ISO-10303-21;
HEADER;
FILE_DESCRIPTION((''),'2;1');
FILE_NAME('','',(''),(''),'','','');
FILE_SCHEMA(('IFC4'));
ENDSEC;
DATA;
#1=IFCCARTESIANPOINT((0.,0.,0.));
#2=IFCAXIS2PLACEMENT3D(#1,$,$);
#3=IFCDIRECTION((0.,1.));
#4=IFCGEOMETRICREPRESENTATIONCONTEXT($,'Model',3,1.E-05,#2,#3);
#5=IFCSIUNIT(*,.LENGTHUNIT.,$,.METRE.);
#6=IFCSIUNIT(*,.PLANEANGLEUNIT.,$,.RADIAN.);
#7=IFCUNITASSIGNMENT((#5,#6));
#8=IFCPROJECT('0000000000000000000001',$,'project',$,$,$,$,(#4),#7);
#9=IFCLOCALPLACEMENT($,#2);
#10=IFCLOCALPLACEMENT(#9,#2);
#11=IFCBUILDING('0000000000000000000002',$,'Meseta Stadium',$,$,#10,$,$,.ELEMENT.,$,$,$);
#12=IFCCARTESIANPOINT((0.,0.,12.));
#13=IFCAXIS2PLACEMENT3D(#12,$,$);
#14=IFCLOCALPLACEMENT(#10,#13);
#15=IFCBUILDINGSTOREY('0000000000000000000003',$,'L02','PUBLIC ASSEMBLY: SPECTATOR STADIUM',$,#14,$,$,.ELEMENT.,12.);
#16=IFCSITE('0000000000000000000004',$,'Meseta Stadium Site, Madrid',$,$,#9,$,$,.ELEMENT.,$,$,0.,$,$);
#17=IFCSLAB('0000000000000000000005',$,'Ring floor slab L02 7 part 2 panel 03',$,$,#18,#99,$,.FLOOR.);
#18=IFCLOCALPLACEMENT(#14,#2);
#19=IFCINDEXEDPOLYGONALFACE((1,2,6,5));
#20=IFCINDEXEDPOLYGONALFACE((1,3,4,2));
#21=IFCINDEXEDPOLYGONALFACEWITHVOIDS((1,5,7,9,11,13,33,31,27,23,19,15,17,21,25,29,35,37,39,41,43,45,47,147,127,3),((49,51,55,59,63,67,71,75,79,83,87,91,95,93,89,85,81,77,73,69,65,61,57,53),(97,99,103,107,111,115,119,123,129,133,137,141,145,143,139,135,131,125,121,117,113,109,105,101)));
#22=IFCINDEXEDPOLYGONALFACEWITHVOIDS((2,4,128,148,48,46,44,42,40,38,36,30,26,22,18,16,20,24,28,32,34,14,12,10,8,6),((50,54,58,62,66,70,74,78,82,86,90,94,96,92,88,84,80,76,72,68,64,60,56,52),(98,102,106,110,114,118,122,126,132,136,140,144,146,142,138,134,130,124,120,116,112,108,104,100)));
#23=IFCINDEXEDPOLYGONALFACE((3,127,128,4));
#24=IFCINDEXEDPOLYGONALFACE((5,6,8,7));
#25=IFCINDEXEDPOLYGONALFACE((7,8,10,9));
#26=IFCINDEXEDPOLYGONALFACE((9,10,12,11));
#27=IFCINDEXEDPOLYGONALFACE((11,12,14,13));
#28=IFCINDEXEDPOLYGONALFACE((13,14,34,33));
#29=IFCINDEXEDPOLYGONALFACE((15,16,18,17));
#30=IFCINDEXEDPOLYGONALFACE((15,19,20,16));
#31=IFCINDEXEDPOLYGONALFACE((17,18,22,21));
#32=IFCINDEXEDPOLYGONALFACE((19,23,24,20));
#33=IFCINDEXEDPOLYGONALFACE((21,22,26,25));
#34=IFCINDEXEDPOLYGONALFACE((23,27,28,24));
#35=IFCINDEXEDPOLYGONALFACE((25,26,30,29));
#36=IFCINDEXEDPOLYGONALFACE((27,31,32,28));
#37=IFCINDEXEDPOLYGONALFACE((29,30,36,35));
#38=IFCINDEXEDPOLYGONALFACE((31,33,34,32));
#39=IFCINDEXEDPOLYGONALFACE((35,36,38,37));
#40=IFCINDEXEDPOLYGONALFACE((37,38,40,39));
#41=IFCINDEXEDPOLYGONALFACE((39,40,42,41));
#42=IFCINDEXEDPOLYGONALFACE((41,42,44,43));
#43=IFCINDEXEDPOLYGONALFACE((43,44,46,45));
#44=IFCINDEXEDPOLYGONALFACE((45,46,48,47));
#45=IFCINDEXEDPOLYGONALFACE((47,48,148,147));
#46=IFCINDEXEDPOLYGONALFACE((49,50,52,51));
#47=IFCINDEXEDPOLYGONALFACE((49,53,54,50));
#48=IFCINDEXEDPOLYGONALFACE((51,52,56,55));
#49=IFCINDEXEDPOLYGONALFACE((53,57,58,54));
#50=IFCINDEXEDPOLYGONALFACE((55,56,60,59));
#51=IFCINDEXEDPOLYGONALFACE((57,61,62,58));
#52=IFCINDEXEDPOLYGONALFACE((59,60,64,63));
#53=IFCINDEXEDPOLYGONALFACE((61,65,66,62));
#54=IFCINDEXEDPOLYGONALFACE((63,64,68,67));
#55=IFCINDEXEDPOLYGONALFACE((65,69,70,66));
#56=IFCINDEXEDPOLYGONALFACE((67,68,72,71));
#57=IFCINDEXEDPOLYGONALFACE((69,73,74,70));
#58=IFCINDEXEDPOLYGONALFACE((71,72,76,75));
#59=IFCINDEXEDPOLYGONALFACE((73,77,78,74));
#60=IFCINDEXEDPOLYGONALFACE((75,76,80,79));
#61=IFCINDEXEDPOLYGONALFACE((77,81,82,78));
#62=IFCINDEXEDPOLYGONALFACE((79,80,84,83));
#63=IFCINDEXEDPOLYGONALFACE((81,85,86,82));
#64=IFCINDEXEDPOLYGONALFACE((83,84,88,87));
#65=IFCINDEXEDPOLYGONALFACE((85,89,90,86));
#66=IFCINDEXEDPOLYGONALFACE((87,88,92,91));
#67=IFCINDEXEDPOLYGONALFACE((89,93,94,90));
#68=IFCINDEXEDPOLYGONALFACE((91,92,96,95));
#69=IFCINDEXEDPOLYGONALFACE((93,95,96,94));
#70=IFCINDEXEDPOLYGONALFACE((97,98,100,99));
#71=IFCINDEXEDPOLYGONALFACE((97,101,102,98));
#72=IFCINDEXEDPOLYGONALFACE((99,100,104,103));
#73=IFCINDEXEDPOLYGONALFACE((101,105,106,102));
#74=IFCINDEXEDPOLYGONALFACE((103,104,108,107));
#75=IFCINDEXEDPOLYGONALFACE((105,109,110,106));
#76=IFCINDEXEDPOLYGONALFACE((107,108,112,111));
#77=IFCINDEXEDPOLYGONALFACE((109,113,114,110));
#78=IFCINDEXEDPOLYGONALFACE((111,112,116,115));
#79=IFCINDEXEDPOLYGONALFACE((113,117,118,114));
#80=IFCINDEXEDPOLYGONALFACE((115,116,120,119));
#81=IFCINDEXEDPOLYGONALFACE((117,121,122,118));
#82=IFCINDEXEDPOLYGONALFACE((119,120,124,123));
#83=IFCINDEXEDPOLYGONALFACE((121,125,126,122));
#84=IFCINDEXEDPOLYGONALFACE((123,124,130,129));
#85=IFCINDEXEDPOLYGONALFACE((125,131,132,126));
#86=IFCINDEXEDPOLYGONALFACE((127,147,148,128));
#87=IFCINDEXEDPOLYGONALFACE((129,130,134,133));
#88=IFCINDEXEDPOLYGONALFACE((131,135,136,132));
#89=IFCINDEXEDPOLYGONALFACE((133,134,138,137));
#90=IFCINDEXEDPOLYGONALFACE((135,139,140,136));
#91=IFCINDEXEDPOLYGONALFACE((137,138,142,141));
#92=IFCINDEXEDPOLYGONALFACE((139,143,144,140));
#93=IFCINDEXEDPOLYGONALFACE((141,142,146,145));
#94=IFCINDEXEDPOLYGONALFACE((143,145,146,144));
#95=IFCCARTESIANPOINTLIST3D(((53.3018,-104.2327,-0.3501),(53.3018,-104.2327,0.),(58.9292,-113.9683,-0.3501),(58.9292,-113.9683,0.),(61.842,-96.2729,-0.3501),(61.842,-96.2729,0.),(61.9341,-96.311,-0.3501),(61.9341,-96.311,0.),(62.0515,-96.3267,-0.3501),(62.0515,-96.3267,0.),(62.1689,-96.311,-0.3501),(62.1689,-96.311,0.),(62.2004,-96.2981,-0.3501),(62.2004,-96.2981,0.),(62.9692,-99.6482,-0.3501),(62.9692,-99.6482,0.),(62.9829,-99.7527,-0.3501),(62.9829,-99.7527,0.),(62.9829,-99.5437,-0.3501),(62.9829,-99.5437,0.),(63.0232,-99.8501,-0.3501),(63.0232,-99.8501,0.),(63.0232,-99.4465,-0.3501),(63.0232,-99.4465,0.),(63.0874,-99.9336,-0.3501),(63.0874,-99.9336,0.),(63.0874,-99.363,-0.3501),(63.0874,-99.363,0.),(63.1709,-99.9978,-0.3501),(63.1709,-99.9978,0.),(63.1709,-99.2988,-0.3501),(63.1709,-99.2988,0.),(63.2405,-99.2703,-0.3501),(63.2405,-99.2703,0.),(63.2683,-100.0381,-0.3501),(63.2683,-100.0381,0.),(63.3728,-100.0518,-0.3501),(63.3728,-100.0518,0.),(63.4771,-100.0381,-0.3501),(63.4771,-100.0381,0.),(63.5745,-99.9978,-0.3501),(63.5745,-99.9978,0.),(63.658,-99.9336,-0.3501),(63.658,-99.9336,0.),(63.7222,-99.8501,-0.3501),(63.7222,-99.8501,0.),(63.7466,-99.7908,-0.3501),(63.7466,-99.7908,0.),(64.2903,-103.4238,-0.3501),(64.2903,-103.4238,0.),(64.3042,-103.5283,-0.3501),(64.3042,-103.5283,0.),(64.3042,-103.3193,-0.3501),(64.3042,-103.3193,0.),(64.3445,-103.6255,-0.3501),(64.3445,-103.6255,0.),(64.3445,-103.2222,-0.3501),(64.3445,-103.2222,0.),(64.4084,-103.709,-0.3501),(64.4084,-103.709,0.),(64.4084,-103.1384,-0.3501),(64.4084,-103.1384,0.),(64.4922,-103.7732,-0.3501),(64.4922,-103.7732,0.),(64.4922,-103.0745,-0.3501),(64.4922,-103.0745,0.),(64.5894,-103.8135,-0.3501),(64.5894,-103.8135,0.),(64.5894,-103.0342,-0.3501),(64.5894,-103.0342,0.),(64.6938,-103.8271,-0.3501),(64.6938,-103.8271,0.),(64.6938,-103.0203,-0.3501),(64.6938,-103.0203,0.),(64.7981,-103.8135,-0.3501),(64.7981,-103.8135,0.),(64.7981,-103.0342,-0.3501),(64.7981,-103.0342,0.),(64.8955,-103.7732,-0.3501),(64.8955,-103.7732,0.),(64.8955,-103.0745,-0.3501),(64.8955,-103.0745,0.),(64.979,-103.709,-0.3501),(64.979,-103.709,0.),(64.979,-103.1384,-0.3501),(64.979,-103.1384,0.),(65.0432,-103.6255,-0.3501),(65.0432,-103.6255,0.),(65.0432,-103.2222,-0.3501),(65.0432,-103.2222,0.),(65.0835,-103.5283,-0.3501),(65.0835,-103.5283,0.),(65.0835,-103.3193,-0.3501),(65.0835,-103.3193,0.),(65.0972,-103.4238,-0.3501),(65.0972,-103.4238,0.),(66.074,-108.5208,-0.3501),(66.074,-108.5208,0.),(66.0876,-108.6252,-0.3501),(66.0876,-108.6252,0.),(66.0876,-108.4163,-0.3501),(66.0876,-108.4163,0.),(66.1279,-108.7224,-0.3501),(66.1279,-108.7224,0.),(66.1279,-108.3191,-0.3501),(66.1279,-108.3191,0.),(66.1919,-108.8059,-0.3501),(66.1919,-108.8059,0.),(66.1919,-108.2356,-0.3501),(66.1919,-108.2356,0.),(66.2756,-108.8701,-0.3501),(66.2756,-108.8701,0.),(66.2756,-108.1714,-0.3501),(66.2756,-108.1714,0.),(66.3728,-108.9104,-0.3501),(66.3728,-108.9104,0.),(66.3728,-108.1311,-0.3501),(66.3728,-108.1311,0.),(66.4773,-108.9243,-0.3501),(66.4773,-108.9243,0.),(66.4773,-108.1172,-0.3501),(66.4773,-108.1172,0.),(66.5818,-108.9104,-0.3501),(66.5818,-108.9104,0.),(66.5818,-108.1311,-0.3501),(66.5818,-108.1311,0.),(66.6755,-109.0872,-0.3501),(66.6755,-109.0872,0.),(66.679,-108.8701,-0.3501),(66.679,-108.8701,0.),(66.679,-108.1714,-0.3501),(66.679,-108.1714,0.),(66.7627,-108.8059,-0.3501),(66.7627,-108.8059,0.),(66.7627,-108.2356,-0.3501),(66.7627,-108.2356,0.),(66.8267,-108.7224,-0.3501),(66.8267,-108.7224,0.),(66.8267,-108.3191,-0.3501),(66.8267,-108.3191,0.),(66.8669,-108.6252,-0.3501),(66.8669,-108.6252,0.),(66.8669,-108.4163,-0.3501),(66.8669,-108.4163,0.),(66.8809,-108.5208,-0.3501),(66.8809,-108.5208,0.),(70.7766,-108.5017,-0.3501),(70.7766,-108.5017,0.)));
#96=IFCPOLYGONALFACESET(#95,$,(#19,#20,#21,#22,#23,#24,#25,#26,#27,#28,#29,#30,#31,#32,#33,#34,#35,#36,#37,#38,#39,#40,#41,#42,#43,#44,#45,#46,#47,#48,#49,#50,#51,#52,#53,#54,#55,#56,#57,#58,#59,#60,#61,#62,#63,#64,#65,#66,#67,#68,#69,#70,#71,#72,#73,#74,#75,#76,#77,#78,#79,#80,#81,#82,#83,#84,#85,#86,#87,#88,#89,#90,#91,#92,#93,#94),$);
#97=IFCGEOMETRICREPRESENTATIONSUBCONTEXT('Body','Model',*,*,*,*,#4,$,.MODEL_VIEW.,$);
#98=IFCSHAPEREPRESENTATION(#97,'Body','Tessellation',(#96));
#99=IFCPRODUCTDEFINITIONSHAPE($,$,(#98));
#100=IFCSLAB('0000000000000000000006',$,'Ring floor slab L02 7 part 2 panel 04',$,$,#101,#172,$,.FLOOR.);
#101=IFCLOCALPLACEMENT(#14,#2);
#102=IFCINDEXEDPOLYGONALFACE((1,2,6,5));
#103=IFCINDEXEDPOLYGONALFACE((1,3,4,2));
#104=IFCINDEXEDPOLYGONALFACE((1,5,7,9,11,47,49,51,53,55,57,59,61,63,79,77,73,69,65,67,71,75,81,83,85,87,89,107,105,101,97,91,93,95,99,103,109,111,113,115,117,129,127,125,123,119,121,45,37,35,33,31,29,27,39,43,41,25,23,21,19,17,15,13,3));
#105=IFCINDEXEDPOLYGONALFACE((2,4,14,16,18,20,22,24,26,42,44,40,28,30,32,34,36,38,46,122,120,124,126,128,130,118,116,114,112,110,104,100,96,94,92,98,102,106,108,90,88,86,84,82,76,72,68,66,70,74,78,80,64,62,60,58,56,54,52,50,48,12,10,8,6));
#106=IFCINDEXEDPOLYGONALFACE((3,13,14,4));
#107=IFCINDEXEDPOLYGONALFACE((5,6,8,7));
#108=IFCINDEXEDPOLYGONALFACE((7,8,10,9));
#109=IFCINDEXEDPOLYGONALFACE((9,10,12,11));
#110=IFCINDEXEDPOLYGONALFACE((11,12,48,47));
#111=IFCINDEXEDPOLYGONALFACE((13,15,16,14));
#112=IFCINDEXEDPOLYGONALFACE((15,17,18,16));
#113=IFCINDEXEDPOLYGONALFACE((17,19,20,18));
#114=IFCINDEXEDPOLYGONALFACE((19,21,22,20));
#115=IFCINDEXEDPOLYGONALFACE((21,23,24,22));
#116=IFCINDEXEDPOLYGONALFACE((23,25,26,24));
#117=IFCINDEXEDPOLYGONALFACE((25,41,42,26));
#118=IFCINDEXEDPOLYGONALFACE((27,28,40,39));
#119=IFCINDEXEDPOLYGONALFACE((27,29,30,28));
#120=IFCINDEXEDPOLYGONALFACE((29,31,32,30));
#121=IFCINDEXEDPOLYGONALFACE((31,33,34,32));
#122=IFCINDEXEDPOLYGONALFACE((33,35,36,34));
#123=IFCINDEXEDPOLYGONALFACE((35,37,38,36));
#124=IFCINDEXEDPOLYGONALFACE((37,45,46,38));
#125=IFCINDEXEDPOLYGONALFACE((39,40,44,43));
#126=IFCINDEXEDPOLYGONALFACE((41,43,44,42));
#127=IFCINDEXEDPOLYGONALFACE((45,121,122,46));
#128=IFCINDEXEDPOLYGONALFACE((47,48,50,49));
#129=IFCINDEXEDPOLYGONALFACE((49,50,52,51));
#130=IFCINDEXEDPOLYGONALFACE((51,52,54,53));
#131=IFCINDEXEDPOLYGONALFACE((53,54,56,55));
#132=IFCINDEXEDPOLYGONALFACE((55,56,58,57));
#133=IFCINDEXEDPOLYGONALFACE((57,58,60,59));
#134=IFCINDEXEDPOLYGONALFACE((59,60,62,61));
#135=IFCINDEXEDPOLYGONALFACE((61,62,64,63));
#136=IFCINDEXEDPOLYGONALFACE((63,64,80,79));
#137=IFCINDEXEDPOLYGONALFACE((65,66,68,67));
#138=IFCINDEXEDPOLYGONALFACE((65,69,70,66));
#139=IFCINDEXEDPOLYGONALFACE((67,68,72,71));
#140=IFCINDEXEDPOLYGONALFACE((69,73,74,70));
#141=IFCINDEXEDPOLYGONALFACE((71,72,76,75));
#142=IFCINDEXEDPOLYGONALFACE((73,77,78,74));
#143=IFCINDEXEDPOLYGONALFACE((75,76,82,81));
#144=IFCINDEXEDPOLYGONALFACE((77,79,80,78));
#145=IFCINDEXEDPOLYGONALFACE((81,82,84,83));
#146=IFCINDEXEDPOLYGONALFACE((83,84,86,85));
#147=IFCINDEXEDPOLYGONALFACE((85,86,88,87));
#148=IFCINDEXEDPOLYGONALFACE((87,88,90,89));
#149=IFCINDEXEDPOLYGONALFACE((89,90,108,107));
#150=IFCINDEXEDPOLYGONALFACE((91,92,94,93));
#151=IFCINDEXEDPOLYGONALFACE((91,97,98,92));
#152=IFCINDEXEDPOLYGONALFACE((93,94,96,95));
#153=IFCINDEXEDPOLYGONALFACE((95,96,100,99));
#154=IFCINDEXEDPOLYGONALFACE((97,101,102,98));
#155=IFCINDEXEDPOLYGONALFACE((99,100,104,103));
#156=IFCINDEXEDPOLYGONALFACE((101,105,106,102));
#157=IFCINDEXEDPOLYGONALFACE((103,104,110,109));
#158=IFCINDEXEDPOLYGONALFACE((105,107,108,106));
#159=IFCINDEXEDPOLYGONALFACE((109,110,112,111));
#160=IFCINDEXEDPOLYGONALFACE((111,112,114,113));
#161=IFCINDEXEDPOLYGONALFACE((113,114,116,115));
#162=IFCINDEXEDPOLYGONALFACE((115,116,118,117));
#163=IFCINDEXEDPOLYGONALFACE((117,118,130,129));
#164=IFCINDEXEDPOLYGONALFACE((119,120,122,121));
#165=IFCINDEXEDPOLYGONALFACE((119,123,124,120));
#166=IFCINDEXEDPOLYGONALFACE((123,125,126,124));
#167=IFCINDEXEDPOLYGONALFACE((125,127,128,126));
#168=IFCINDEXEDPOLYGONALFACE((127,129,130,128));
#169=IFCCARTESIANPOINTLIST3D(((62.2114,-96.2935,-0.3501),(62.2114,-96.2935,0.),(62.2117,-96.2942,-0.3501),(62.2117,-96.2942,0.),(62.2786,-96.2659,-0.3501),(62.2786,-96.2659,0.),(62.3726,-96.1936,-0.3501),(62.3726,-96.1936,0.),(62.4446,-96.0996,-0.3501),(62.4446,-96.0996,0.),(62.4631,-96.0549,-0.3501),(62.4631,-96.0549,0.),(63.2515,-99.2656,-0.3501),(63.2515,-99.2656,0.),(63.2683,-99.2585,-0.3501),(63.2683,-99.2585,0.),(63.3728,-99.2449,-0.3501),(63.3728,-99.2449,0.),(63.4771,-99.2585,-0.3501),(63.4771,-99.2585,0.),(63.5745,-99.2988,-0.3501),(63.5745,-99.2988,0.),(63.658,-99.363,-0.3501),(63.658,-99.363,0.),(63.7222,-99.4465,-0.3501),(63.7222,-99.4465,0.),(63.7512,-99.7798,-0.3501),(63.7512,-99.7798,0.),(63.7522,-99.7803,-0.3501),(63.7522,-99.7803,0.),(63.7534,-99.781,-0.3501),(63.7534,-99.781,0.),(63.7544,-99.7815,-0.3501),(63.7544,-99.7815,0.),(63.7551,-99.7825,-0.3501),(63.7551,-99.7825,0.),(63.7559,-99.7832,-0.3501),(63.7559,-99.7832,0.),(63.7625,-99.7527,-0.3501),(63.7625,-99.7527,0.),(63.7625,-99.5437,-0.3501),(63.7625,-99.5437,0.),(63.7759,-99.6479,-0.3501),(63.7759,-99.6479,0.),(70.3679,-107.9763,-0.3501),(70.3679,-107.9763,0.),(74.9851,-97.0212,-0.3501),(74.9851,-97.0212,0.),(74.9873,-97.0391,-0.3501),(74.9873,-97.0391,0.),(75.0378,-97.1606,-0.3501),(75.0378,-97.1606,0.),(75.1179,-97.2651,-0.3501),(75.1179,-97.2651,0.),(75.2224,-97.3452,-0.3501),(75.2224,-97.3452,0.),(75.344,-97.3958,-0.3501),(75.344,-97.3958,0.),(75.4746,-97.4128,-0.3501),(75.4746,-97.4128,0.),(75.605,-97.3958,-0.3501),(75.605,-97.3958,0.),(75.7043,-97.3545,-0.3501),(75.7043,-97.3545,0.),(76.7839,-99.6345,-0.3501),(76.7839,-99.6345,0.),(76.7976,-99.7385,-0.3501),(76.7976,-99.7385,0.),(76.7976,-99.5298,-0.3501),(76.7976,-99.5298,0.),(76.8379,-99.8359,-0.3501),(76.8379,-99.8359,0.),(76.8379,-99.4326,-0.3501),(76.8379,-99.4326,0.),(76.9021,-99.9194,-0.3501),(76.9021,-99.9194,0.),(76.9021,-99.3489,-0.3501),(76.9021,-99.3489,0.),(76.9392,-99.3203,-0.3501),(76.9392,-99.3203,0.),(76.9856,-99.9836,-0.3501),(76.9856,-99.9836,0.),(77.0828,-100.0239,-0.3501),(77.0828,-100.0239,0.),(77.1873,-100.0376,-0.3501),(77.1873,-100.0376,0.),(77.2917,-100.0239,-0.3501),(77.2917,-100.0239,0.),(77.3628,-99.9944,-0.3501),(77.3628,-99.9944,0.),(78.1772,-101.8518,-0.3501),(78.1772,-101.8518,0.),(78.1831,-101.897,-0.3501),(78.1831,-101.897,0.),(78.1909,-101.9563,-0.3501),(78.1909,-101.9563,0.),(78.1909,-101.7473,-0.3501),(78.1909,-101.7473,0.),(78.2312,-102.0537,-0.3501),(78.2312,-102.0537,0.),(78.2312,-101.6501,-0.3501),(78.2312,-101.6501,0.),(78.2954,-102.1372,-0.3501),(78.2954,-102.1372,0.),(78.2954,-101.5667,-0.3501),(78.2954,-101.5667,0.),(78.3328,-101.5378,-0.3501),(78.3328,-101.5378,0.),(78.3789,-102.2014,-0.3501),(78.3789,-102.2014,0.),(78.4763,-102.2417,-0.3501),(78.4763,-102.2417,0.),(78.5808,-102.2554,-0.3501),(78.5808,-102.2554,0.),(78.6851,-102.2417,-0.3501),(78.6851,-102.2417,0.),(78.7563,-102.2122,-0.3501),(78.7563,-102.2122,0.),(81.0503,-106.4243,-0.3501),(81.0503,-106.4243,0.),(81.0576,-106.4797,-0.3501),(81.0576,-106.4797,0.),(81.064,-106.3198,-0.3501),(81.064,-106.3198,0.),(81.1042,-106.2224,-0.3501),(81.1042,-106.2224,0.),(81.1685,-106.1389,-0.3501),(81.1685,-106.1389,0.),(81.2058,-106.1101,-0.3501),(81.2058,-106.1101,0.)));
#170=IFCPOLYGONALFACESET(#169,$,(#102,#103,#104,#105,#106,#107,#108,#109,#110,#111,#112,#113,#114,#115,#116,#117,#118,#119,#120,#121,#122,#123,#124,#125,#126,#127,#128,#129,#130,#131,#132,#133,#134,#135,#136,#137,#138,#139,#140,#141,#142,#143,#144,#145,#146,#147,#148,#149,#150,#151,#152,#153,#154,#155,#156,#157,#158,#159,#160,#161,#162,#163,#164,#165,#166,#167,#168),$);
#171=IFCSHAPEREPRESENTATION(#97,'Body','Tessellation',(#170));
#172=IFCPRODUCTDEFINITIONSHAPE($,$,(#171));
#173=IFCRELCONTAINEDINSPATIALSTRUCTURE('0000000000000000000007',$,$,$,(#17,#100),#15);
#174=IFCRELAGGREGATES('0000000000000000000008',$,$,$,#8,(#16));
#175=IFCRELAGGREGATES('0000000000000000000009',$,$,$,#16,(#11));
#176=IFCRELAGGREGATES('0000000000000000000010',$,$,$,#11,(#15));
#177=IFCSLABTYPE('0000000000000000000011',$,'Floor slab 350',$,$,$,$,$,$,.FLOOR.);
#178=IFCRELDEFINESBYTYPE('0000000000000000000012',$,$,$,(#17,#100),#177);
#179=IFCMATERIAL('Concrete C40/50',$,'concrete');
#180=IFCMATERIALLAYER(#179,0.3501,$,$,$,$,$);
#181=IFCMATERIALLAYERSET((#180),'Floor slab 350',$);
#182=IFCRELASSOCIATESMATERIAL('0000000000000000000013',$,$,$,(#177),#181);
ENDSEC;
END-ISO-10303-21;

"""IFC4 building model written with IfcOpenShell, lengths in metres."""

from ifc_helpers import new_model, si_unit, direction, frame, origin, place, context, subcontext, project, spatial, polyline, outline, extrude, material, layer, layer_set, type_object, element, save


model = new_model("IFC4")

# Units and contexts
model_context = context("Model", 3, precision=1e-05, world=origin(), true_north=direction((0.0, 1.0)))
body_context = subcontext(model_context, "Body", "Model", "MODEL_VIEW")
ifc_project = project(units=[si_unit("LENGTHUNIT", "METRE"), si_unit("PLANEANGLEUNIT", "RADIAN")], contexts=[model_context])

# Site, building, storey
site_placement = place(None, origin())
site = spatial("IfcSite", under=ifc_project, at=site_placement, Name="Meseta Stadium Site, Madrid", CompositionType="ELEMENT", RefElevation=0.0)
building_placement = place(site_placement, origin())
building = spatial("IfcBuilding", under=site, at=building_placement, Name="Meseta Stadium", CompositionType="ELEMENT")
storey_placement = place(building_placement, frame((0.0, 0.0, 12.0)))
storey = spatial("IfcBuildingStorey", under=building, at=storey_placement, Name="L02", Description="PUBLIC ASSEMBLY: SPECTATOR STADIUM", CompositionType="ELEMENT", Elevation=12.0)

# Slabs
ifc_material_1 = material(Name="Concrete C40/50", Category="concrete")
ifc_layer_1 = layer(ifc_material_1, 0.3501)
ifc_layer_set_1 = layer_set([ifc_layer_1], Name="Floor slab 350")
slab_type_1 = type_object("IfcSlabType", Name="Floor slab 350", PredefinedType="FLOOR", material=ifc_layer_set_1)
slab_1_placement = place(storey_placement, frame((0.0, 0.0, -0.3501)))
element("IfcSlab", 1, at=slab_1_placement, inside=storey, type_object=slab_type_1, Name="Ring floor slab L02 7 part 2 panel 03", PredefinedType="FLOOR", context=body_context, shape_type="SweptSolid", body=[
    extrude(outline(polyline([(63.3728, -100.0518), (63.2683, -100.0381), (63.1709, -99.9978), (63.0874, -99.9336), (63.0232, -99.8501), (62.9829, -99.7527), (62.9692, -99.6482), (62.9829, -99.5437), (63.0232, -99.4465), (63.0874, -99.363), (63.1709, -99.2988), (63.2405, -99.2703), (62.2004, -96.2981), (62.1689, -96.311), (62.0515, -96.3267), (61.9341, -96.311), (61.842, -96.2729), (53.3018, -104.2327), (58.9292, -113.9683), (66.6755, -109.0872), (70.7766, -108.5017), (63.7466, -99.7908), (63.7222, -99.8501), (63.658, -99.9336), (63.5745, -99.9978), (63.4771, -100.0381), (63.3728, -100.0518)]), holes=[polyline([(66.8267, -108.3191), (66.8669, -108.4163), (66.8809, -108.5208), (66.8669, -108.6252), (66.8267, -108.7224), (66.7627, -108.8059), (66.679, -108.8701), (66.5818, -108.9104), (66.4773, -108.9243), (66.3728, -108.9104), (66.2756, -108.8701), (66.1919, -108.8059), (66.1279, -108.7224), (66.0876, -108.6252), (66.074, -108.5208), (66.0876, -108.4163), (66.1279, -108.3191), (66.1919, -108.2356), (66.2756, -108.1714), (66.3728, -108.1311), (66.4773, -108.1172), (66.5818, -108.1311), (66.679, -108.1714), (66.7627, -108.2356), (66.8267, -108.3191)]), polyline([(65.0835, -103.5283), (65.0432, -103.6255), (64.979, -103.709), (64.8955, -103.7732), (64.7981, -103.8135), (64.6938, -103.8271), (64.5894, -103.8135), (64.4922, -103.7732), (64.4084, -103.709), (64.3445, -103.6255), (64.3042, -103.5283), (64.2903, -103.4238), (64.3042, -103.3193), (64.3445, -103.2222), (64.4084, -103.1384), (64.4922, -103.0745), (64.5894, -103.0342), (64.6938, -103.0203), (64.7981, -103.0342), (64.8955, -103.0745), (64.979, -103.1384), (65.0432, -103.2222), (65.0835, -103.3193), (65.0972, -103.4238), (65.0835, -103.5283)])]), origin(), (0.0, 0.0, 1.0), 0.3501),
])
slab_2_placement = place(storey_placement, frame((0.0, 0.0, -0.3501)))
element("IfcSlab", 2, at=slab_2_placement, inside=storey, type_object=slab_type_1, Name="Ring floor slab L02 7 part 2 panel 04", PredefinedType="FLOOR", context=body_context, shape_type="SweptSolid", body=[
    extrude(outline(polyline([(81.1042, -106.2224), (81.1685, -106.1389), (81.2058, -106.1101), (78.7563, -102.2122), (78.6851, -102.2417), (78.5808, -102.2554), (78.4763, -102.2417), (78.3789, -102.2014), (78.2954, -102.1372), (78.2312, -102.0537), (78.1909, -101.9563), (78.1831, -101.897), (78.1772, -101.8518), (78.1909, -101.7473), (78.2312, -101.6501), (78.2954, -101.5667), (78.3328, -101.5378), (77.3628, -99.9944), (77.2917, -100.0239), (77.1873, -100.0376), (77.0828, -100.0239), (76.9856, -99.9836), (76.9021, -99.9194), (76.8379, -99.8359), (76.7976, -99.7385), (76.7839, -99.6345), (76.7976, -99.5298), (76.8379, -99.4326), (76.9021, -99.3489), (76.9392, -99.3203), (75.7043, -97.3545), (75.605, -97.3958), (75.4746, -97.4128), (75.344, -97.3958), (75.2224, -97.3452), (75.1179, -97.2651), (75.0378, -97.1606), (74.9873, -97.0391), (74.9851, -97.0212), (62.4631, -96.0549), (62.4446, -96.0996), (62.3726, -96.1936), (62.2786, -96.2659), (62.2114, -96.2935), (62.2117, -96.2942), (63.2515, -99.2656), (63.2683, -99.2585), (63.3728, -99.2449), (63.4771, -99.2585), (63.5745, -99.2988), (63.658, -99.363), (63.7222, -99.4465), (63.7625, -99.5437), (63.7759, -99.6479), (63.7625, -99.7527), (63.7512, -99.7798), (63.7522, -99.7803), (63.7534, -99.781), (63.7544, -99.7815), (63.7551, -99.7825), (63.7559, -99.7832), (70.3679, -107.9763), (81.0576, -106.4797), (81.0503, -106.4243), (81.064, -106.3198), (81.1042, -106.2224)])), origin(), (0.0, 0.0, 1.0), 0.3501),
])

save(model, "model.ifc")
